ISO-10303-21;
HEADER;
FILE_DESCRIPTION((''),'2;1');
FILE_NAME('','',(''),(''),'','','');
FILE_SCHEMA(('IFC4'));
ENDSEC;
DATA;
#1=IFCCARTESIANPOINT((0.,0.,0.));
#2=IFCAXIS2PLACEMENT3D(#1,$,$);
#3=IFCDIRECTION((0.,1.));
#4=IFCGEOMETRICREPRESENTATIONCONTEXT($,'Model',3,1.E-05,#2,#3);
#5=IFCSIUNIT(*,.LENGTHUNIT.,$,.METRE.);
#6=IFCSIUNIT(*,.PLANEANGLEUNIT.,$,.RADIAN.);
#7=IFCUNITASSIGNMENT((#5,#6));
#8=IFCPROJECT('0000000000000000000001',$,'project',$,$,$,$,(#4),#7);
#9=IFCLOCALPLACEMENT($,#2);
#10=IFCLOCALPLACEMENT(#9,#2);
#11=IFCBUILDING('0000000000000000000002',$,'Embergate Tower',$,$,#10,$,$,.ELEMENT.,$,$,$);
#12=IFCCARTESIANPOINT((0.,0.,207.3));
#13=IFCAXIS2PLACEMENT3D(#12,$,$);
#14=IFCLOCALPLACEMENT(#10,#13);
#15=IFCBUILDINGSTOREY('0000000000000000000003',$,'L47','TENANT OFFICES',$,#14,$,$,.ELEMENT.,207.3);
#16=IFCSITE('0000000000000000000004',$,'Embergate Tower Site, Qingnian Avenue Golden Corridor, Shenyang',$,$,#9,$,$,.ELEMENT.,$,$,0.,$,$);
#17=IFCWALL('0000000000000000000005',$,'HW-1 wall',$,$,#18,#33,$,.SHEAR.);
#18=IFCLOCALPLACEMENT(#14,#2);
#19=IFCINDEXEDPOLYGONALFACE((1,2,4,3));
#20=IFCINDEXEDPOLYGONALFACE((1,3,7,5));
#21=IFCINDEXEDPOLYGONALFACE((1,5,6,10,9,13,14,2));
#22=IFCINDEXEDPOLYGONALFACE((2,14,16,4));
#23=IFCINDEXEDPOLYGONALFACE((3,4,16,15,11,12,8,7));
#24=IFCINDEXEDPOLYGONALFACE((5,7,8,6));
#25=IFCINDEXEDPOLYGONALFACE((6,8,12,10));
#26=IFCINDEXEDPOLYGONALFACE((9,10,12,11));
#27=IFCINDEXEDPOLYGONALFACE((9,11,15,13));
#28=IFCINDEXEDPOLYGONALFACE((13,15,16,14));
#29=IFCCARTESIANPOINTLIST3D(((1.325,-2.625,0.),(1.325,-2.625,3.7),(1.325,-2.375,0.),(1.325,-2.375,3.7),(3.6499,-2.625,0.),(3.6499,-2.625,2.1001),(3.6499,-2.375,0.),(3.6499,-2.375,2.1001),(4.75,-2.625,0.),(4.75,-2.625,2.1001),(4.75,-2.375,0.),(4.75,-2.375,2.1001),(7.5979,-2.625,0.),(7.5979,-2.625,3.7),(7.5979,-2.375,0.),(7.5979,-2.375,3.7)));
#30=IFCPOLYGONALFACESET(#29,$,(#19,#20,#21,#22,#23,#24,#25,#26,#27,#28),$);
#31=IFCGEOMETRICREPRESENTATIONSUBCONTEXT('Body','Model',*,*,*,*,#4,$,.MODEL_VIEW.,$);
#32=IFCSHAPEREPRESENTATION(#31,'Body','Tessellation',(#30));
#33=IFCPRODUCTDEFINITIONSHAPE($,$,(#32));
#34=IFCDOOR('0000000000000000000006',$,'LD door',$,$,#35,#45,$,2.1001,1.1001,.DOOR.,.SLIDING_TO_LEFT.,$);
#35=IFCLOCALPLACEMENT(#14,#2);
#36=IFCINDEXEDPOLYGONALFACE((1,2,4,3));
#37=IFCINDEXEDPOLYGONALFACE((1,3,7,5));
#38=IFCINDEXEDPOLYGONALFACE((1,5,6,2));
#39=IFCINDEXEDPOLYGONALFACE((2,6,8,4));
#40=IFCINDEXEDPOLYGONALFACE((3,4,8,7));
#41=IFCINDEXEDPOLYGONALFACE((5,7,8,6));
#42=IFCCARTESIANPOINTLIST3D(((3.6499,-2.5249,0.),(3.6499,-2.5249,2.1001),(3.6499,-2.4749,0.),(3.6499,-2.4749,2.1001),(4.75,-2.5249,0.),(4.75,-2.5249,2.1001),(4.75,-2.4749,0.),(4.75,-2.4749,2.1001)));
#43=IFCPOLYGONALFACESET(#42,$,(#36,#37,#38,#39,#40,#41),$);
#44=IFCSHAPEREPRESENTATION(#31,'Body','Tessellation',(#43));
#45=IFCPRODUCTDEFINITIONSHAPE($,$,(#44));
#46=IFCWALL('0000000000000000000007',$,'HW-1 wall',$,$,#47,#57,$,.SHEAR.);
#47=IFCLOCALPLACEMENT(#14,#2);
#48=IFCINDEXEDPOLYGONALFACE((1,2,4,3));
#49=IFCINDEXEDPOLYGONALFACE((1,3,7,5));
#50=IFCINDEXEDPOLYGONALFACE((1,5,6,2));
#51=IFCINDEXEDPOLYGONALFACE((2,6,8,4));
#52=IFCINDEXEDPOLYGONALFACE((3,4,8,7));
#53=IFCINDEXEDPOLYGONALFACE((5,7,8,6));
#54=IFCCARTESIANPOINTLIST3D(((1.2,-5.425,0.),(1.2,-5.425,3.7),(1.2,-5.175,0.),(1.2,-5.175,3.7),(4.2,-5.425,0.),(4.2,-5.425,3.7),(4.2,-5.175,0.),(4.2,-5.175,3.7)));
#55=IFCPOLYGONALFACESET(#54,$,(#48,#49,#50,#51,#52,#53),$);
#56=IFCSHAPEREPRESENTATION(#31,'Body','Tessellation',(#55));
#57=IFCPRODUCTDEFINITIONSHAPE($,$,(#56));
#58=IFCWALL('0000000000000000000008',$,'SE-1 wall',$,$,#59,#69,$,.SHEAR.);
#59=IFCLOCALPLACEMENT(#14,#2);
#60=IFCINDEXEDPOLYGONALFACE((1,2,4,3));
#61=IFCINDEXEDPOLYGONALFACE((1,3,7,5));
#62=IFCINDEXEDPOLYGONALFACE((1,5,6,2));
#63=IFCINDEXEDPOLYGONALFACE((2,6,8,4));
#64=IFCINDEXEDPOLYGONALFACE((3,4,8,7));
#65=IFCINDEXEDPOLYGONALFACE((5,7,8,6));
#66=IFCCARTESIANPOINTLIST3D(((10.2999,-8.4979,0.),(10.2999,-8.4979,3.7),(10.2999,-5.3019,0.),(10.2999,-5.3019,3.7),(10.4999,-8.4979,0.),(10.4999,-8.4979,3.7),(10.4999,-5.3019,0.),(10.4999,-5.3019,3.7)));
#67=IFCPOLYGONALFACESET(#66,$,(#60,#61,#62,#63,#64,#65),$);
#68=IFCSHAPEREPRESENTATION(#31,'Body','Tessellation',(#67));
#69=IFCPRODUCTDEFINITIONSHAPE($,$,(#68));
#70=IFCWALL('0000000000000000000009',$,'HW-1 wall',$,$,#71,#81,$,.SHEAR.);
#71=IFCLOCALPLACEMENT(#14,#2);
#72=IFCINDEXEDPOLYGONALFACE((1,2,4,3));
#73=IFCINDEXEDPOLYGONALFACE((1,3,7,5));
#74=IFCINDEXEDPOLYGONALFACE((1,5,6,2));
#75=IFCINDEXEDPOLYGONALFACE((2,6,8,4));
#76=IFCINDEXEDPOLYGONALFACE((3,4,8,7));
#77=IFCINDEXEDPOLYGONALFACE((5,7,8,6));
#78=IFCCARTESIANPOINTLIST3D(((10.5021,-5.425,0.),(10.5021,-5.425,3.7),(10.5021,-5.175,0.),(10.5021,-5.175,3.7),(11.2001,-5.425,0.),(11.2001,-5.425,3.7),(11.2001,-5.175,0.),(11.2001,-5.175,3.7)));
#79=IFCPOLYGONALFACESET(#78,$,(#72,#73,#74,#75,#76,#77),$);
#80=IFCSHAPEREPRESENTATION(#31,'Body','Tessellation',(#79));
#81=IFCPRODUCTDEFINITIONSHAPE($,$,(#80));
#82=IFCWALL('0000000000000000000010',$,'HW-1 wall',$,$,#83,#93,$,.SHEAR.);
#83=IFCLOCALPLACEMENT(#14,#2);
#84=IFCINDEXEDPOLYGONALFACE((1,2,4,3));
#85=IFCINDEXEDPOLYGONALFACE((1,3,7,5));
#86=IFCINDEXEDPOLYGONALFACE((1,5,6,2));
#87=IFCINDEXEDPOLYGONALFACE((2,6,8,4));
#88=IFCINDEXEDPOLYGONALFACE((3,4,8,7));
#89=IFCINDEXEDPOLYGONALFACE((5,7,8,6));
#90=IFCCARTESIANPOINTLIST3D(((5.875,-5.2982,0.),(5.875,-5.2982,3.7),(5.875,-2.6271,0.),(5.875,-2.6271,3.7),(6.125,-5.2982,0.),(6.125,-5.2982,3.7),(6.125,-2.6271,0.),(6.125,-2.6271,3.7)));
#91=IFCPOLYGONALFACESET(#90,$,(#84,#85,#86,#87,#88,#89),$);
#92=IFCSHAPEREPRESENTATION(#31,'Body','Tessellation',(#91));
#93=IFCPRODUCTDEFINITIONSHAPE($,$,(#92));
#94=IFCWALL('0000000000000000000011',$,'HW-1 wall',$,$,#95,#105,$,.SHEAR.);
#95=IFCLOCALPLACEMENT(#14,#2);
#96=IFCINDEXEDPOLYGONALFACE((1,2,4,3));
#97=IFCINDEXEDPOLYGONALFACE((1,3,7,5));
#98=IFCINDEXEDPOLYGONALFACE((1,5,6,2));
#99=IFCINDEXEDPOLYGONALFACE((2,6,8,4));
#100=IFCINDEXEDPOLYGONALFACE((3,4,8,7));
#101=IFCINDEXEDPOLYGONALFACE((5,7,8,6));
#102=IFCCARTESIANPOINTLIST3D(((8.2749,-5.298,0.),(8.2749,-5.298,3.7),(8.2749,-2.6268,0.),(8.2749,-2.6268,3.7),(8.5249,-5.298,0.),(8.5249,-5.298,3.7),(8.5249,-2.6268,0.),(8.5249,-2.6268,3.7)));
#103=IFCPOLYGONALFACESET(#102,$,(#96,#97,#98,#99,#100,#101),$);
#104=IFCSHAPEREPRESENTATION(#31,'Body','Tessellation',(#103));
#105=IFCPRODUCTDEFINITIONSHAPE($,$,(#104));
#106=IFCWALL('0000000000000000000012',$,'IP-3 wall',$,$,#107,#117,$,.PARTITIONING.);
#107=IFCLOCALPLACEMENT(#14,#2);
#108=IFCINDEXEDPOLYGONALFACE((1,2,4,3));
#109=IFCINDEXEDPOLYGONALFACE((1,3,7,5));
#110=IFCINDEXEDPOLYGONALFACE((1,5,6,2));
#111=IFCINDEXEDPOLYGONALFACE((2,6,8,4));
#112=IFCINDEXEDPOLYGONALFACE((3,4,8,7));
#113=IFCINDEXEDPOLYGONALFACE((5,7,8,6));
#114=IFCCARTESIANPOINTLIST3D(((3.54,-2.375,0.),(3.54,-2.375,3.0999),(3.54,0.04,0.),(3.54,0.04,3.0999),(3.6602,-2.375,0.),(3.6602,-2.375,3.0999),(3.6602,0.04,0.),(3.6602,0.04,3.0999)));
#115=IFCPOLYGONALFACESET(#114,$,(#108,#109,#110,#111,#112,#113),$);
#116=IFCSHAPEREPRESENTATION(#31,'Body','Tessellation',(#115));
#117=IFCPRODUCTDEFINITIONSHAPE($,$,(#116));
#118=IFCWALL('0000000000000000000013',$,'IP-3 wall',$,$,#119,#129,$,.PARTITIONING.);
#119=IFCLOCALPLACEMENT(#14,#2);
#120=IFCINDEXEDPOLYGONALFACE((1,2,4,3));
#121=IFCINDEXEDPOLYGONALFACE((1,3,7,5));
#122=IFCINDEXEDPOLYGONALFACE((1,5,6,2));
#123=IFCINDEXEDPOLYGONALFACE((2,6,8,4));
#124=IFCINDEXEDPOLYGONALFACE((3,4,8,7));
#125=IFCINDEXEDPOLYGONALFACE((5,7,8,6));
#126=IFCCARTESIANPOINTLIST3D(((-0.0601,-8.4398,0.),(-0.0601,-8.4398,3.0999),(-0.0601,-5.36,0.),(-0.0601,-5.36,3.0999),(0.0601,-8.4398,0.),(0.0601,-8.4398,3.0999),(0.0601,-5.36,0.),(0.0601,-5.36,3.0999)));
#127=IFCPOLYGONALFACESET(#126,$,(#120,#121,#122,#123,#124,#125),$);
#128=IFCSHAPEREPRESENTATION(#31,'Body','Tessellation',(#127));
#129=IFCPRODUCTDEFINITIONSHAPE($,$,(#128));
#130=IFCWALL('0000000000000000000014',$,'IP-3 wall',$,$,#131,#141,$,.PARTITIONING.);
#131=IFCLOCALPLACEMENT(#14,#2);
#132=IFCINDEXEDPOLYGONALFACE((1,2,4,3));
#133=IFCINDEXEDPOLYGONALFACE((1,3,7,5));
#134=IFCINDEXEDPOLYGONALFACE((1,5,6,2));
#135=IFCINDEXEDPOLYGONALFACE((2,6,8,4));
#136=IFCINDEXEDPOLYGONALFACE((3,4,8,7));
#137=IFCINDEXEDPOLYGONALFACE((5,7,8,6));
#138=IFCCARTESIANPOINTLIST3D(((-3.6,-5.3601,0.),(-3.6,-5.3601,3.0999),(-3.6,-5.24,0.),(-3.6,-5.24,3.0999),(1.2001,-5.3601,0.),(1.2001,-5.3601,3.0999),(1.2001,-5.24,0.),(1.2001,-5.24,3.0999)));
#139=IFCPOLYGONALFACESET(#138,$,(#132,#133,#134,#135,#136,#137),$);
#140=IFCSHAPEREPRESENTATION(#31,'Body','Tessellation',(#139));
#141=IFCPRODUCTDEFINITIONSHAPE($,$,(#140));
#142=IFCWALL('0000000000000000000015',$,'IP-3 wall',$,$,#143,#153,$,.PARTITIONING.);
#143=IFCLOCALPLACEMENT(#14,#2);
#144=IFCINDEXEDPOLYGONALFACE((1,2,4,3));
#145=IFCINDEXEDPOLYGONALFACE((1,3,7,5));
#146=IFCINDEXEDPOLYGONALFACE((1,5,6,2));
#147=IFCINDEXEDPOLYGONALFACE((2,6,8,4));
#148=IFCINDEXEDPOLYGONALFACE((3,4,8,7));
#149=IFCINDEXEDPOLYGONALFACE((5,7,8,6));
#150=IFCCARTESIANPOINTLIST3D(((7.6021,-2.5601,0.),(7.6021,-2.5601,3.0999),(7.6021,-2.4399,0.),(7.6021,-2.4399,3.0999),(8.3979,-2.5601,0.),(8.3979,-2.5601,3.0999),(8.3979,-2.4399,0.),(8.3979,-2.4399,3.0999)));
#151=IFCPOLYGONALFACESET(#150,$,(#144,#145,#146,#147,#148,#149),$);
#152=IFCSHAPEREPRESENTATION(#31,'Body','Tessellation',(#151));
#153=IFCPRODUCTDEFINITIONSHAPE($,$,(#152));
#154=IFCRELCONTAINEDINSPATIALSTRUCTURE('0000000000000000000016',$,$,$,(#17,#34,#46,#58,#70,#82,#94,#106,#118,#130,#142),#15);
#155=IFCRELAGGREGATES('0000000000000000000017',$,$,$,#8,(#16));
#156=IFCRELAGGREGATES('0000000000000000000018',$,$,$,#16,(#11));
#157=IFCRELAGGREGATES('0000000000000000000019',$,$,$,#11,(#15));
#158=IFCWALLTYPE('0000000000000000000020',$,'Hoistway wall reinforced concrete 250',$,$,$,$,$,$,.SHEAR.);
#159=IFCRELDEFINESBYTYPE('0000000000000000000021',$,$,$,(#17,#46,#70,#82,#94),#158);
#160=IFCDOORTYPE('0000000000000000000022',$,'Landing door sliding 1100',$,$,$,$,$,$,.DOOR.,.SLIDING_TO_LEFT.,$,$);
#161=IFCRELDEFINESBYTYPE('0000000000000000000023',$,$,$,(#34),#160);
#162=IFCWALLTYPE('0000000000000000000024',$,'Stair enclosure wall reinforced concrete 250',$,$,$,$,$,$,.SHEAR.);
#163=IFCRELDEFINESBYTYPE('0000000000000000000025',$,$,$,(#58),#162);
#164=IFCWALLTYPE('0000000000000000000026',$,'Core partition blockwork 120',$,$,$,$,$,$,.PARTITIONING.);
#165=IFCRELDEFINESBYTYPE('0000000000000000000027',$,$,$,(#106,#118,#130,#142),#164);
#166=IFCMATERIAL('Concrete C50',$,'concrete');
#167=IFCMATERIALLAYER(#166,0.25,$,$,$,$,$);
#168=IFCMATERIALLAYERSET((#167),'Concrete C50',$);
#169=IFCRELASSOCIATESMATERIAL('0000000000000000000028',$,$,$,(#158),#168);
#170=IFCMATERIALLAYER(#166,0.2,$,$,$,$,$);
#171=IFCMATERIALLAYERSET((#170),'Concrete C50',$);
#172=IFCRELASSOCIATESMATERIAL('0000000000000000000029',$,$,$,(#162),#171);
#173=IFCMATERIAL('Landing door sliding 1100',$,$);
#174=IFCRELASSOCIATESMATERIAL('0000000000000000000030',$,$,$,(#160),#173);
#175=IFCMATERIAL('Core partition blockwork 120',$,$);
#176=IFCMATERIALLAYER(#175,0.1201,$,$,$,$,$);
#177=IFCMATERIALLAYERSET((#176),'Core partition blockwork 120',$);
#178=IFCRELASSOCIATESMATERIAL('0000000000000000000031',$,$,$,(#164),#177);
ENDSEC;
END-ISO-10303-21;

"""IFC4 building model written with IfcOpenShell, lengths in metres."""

from ifc_helpers import new_model, si_unit, direction, frame, frame_2d, origin, place, context, subcontext, project, spatial, rectangle, extrude, source, transform, mapped, material, layer, layer_set, type_object, element, fill, save


model = new_model("IFC4")

# Units and contexts
model_context = context("Model", 3, precision=1e-05, world=origin(), true_north=direction((0.0, 1.0)))
body_context = subcontext(model_context, "Body", "Model", "MODEL_VIEW")
ifc_project = project(units=[si_unit("LENGTHUNIT", "METRE"), si_unit("PLANEANGLEUNIT", "RADIAN")], contexts=[model_context])

# Site, building, storey
site_placement = place(None, origin())
site = spatial("IfcSite", under=ifc_project, at=site_placement, Name="Embergate Tower Site, Qingnian Avenue Golden Corridor, Shenyang", CompositionType="ELEMENT", RefElevation=0.0)
building_placement = place(site_placement, origin())
building = spatial("IfcBuilding", under=site, at=building_placement, Name="Embergate Tower", CompositionType="ELEMENT")
storey_placement = place(building_placement, frame((0.0, 0.0, 207.3)))
storey = spatial("IfcBuildingStorey", under=building, at=storey_placement, Name="L47", Description="TENANT OFFICES", CompositionType="ELEMENT", Elevation=207.3)

# Shared definitions
ifc_material_1 = material(Name="Concrete C50", Category="concrete")
ifc_layer_1 = layer(ifc_material_1, 0.25)
ifc_layer_set_1 = layer_set([ifc_layer_1], Name="Concrete C50")
wall_type_1 = type_object("IfcWallType", Name="Hoistway wall reinforced concrete 250", PredefinedType="SHEAR", material=ifc_layer_set_1)
ifc_layer_2 = layer(ifc_material_1, 0.2)
ifc_layer_set_2 = layer_set([ifc_layer_2], Name="Concrete C50")
wall_type_2 = type_object("IfcWallType", Name="Stair enclosure wall reinforced concrete 250", PredefinedType="SHEAR", material=ifc_layer_set_2)

# Wall, opening, door
shared_shape_1 = source(origin(), body_context, "Body", "SweptSolid", [
    extrude(rectangle(XDim=1.1001, YDim=2.1001, at=frame_2d((0.55, 1.05))), frame((0.0, 0.135, 0.0), z_axis=(0.0, -1.0, 0.0), x_axis=(1.0, 0.0, 0.0)), (0.0, 0.0, 1.0), 0.27),
])
ifc_material_2 = material(Name="Landing door sliding 1100")
door_type_1 = type_object("IfcDoorType", Name="Landing door sliding 1100", OperationType="SLIDING_TO_LEFT", PredefinedType="DOOR", material=ifc_material_2)
shared_shape_2 = source(origin(), body_context, "Body", "SweptSolid", [
    extrude(rectangle(XDim=1.1001, YDim=2.1001, at=frame_2d((0.55, 1.05))), frame((0.0, 0.0249, 0.0), z_axis=(0.0, -1.0, 0.0), x_axis=(1.0, 0.0, 0.0)), (0.0, 0.0, 1.0), 0.05),
])
shared_shape_3 = source(origin(), body_context, "Body", "SweptSolid", [
    extrude(rectangle(XDim=6.2729, YDim=0.25, at=frame_2d((3.1365, 0.0))), origin(), (0.0, 0.0, 1.0), 3.7),
])
wall_1_placement = place(storey_placement, frame((7.5979, -2.5, 0.0), z_axis=(0.0, 0.0, 1.0), x_axis=(-1.0, 0.0, 0.0)))
wall_1 = element("IfcWall", 1, at=wall_1_placement, inside=storey, type_object=wall_type_1, Name="HW-1 wall", PredefinedType="SHEAR", context=body_context, shape_type="MappedRepresentation", body=[
    mapped(shared_shape_3, transform((0.0, 0.0, 0.0))),
])
opening_1_placement = place(wall_1_placement, frame((2.8479, 0.0, 0.0)))
opening_1 = element("IfcOpeningElement", 2, at=opening_1_placement, cuts=wall_1, PredefinedType="OPENING", context=body_context, shape_type="MappedRepresentation", body=[
    mapped(shared_shape_1, transform((0.0, 0.0, 0.0))),
])
door_1_placement = place(opening_1_placement, origin())
door_1 = element("IfcDoor", 3, at=door_1_placement, inside=storey, type_object=door_type_1, Name="LD door", OperationType="SLIDING_TO_LEFT", OverallHeight=2.1001, OverallWidth=1.1001, PredefinedType="DOOR", context=body_context, shape_type="MappedRepresentation", body=[
    mapped(shared_shape_2, transform((0.0, 0.0, 0.0))),
])
fill(opening_1, door_1)

# Walls
shared_shape_4 = source(origin(), body_context, "Body", "SweptSolid", [
    extrude(rectangle(XDim=3.0, YDim=0.25, at=frame_2d((1.5, 0.0))), origin(), (0.0, 0.0, 1.0), 3.7),
])
wall_2_placement = place(storey_placement, frame((1.2, -5.3, 0.0), z_axis=(0.0, 0.0, 1.0), x_axis=(1.0, 0.0, 0.0)))
element("IfcWall", 4, at=wall_2_placement, inside=storey, type_object=wall_type_1, Name="HW-1 wall", PredefinedType="SHEAR", context=body_context, shape_type="MappedRepresentation", body=[
    mapped(shared_shape_4, transform((0.0, 0.0, 0.0))),
])
shared_shape_5 = source(origin(), body_context, "Body", "SweptSolid", [
    extrude(rectangle(XDim=3.196, YDim=0.2, at=frame_2d((1.5981, 0.0))), origin(), (0.0, 0.0, 1.0), 3.7),
])
wall_3_placement = place(storey_placement, frame((10.3999, -8.498, 0.0), z_axis=(0.0, 0.0, 1.0), x_axis=(0.0, 1.0, 0.0)))
element("IfcWall", 5, at=wall_3_placement, inside=storey, type_object=wall_type_2, Name="SE-1 wall", PredefinedType="SHEAR", context=body_context, shape_type="MappedRepresentation", body=[
    mapped(shared_shape_5, transform((0.0, 0.0, 0.0))),
])
shared_shape_6 = source(origin(), body_context, "Body", "SweptSolid", [
    extrude(rectangle(XDim=0.698, YDim=0.25, at=frame_2d((0.3491, 0.0))), origin(), (0.0, 0.0, 1.0), 3.7),
])
wall_4_placement = place(storey_placement, frame((10.502, -5.3, 0.0), z_axis=(0.0, 0.0, 1.0), x_axis=(1.0, 0.0, 0.0)))
element("IfcWall", 6, at=wall_4_placement, inside=storey, type_object=wall_type_1, Name="HW-1 wall", PredefinedType="SHEAR", context=body_context, shape_type="MappedRepresentation", body=[
    mapped(shared_shape_6, transform((0.0, 0.0, 0.0))),
])
shared_shape_7 = source(origin(), body_context, "Body", "SweptSolid", [
    extrude(rectangle(XDim=2.6711, YDim=0.25, at=frame_2d((1.3354, 0.0))), origin(), (0.0, 0.0, 1.0), 3.7),
])
for number, where, z_axis, x_axis, name in (
    (7, (6.0, -5.2981, 0.0), (0.0, 0.0, 1.0), (0.0, 1.0, 0.0), "HW-1 wall"),
    (8, (8.3999, -2.627, 0.0), (0.0, 0.0, 1.0), (0.0, -1.0, 0.0), "HW-1 wall"),
):
    element("IfcWall", number, at=place(storey_placement, frame(where, z_axis=z_axis, x_axis=x_axis)), inside=storey, type_object=wall_type_1, Name=name, PredefinedType="SHEAR", context=body_context, shape_type="MappedRepresentation", body=[
        mapped(shared_shape_7, transform((0.0, 0.0, 0.0))),
    ])
ifc_material_3 = material(Name="Core partition blockwork 120")
ifc_layer_3 = layer(ifc_material_3, 0.1201)
ifc_layer_set_3 = layer_set([ifc_layer_3], Name="Core partition blockwork 120")
wall_type_3 = type_object("IfcWallType", Name="Core partition blockwork 120", PredefinedType="PARTITIONING", material=ifc_layer_set_3)
shared_shape_8 = source(origin(), body_context, "Body", "SweptSolid", [
    extrude(rectangle(XDim=2.415, YDim=0.1201, at=frame_2d((1.2075, 0.0))), origin(), (0.0, 0.0, 1.0), 3.0999),
])
wall_5_placement = place(storey_placement, frame((3.6001, -2.375, 0.0), z_axis=(0.0, 0.0, 1.0), x_axis=(0.0, 1.0, 0.0)))
element("IfcWall", 9, at=wall_5_placement, inside=storey, type_object=wall_type_3, Name="IP-3 wall", PredefinedType="PARTITIONING", context=body_context, shape_type="MappedRepresentation", body=[
    mapped(shared_shape_8, transform((0.0, 0.0, 0.0))),
])
shared_shape_9 = source(origin(), body_context, "Body", "SweptSolid", [
    extrude(rectangle(XDim=3.0798, YDim=0.1201, at=frame_2d((1.54, 0.0))), origin(), (0.0, 0.0, 1.0), 3.0999),
])
wall_6_placement = place(storey_placement, frame((0.0, -8.4399, 0.0), z_axis=(0.0, 0.0, 1.0), x_axis=(0.0, 1.0, 0.0)))
element("IfcWall", 10, at=wall_6_placement, inside=storey, type_object=wall_type_3, Name="IP-3 wall", PredefinedType="PARTITIONING", context=body_context, shape_type="MappedRepresentation", body=[
    mapped(shared_shape_9, transform((0.0, 0.0, 0.0))),
])
shared_shape_10 = source(origin(), body_context, "Body", "SweptSolid", [
    extrude(rectangle(XDim=4.8, YDim=0.1201, at=frame_2d((2.3999, 0.0))), origin(), (0.0, 0.0, 1.0), 3.0999),
])
wall_7_placement = place(storey_placement, frame((1.2, -5.3, 0.0), z_axis=(0.0, 0.0, 1.0), x_axis=(-1.0, 0.0, 0.0)))
element("IfcWall", 11, at=wall_7_placement, inside=storey, type_object=wall_type_3, Name="IP-3 wall", PredefinedType="PARTITIONING", context=body_context, shape_type="MappedRepresentation", body=[
    mapped(shared_shape_10, transform((0.0, 0.0, 0.0))),
])
shared_shape_11 = source(origin(), body_context, "Body", "SweptSolid", [
    extrude(rectangle(XDim=0.7959, YDim=0.1201, at=frame_2d((0.3979, 0.0))), origin(), (0.0, 0.0, 1.0), 3.0999),
])
wall_8_placement = place(storey_placement, frame((7.6021, -2.5, 0.0), z_axis=(0.0, 0.0, 1.0), x_axis=(1.0, 0.0, 0.0)))
element("IfcWall", 12, at=wall_8_placement, inside=storey, type_object=wall_type_3, Name="IP-3 wall", PredefinedType="PARTITIONING", context=body_context, shape_type="MappedRepresentation", body=[
    mapped(shared_shape_11, transform((0.0, 0.0, 0.0))),
])

save(model, "model.ifc")
